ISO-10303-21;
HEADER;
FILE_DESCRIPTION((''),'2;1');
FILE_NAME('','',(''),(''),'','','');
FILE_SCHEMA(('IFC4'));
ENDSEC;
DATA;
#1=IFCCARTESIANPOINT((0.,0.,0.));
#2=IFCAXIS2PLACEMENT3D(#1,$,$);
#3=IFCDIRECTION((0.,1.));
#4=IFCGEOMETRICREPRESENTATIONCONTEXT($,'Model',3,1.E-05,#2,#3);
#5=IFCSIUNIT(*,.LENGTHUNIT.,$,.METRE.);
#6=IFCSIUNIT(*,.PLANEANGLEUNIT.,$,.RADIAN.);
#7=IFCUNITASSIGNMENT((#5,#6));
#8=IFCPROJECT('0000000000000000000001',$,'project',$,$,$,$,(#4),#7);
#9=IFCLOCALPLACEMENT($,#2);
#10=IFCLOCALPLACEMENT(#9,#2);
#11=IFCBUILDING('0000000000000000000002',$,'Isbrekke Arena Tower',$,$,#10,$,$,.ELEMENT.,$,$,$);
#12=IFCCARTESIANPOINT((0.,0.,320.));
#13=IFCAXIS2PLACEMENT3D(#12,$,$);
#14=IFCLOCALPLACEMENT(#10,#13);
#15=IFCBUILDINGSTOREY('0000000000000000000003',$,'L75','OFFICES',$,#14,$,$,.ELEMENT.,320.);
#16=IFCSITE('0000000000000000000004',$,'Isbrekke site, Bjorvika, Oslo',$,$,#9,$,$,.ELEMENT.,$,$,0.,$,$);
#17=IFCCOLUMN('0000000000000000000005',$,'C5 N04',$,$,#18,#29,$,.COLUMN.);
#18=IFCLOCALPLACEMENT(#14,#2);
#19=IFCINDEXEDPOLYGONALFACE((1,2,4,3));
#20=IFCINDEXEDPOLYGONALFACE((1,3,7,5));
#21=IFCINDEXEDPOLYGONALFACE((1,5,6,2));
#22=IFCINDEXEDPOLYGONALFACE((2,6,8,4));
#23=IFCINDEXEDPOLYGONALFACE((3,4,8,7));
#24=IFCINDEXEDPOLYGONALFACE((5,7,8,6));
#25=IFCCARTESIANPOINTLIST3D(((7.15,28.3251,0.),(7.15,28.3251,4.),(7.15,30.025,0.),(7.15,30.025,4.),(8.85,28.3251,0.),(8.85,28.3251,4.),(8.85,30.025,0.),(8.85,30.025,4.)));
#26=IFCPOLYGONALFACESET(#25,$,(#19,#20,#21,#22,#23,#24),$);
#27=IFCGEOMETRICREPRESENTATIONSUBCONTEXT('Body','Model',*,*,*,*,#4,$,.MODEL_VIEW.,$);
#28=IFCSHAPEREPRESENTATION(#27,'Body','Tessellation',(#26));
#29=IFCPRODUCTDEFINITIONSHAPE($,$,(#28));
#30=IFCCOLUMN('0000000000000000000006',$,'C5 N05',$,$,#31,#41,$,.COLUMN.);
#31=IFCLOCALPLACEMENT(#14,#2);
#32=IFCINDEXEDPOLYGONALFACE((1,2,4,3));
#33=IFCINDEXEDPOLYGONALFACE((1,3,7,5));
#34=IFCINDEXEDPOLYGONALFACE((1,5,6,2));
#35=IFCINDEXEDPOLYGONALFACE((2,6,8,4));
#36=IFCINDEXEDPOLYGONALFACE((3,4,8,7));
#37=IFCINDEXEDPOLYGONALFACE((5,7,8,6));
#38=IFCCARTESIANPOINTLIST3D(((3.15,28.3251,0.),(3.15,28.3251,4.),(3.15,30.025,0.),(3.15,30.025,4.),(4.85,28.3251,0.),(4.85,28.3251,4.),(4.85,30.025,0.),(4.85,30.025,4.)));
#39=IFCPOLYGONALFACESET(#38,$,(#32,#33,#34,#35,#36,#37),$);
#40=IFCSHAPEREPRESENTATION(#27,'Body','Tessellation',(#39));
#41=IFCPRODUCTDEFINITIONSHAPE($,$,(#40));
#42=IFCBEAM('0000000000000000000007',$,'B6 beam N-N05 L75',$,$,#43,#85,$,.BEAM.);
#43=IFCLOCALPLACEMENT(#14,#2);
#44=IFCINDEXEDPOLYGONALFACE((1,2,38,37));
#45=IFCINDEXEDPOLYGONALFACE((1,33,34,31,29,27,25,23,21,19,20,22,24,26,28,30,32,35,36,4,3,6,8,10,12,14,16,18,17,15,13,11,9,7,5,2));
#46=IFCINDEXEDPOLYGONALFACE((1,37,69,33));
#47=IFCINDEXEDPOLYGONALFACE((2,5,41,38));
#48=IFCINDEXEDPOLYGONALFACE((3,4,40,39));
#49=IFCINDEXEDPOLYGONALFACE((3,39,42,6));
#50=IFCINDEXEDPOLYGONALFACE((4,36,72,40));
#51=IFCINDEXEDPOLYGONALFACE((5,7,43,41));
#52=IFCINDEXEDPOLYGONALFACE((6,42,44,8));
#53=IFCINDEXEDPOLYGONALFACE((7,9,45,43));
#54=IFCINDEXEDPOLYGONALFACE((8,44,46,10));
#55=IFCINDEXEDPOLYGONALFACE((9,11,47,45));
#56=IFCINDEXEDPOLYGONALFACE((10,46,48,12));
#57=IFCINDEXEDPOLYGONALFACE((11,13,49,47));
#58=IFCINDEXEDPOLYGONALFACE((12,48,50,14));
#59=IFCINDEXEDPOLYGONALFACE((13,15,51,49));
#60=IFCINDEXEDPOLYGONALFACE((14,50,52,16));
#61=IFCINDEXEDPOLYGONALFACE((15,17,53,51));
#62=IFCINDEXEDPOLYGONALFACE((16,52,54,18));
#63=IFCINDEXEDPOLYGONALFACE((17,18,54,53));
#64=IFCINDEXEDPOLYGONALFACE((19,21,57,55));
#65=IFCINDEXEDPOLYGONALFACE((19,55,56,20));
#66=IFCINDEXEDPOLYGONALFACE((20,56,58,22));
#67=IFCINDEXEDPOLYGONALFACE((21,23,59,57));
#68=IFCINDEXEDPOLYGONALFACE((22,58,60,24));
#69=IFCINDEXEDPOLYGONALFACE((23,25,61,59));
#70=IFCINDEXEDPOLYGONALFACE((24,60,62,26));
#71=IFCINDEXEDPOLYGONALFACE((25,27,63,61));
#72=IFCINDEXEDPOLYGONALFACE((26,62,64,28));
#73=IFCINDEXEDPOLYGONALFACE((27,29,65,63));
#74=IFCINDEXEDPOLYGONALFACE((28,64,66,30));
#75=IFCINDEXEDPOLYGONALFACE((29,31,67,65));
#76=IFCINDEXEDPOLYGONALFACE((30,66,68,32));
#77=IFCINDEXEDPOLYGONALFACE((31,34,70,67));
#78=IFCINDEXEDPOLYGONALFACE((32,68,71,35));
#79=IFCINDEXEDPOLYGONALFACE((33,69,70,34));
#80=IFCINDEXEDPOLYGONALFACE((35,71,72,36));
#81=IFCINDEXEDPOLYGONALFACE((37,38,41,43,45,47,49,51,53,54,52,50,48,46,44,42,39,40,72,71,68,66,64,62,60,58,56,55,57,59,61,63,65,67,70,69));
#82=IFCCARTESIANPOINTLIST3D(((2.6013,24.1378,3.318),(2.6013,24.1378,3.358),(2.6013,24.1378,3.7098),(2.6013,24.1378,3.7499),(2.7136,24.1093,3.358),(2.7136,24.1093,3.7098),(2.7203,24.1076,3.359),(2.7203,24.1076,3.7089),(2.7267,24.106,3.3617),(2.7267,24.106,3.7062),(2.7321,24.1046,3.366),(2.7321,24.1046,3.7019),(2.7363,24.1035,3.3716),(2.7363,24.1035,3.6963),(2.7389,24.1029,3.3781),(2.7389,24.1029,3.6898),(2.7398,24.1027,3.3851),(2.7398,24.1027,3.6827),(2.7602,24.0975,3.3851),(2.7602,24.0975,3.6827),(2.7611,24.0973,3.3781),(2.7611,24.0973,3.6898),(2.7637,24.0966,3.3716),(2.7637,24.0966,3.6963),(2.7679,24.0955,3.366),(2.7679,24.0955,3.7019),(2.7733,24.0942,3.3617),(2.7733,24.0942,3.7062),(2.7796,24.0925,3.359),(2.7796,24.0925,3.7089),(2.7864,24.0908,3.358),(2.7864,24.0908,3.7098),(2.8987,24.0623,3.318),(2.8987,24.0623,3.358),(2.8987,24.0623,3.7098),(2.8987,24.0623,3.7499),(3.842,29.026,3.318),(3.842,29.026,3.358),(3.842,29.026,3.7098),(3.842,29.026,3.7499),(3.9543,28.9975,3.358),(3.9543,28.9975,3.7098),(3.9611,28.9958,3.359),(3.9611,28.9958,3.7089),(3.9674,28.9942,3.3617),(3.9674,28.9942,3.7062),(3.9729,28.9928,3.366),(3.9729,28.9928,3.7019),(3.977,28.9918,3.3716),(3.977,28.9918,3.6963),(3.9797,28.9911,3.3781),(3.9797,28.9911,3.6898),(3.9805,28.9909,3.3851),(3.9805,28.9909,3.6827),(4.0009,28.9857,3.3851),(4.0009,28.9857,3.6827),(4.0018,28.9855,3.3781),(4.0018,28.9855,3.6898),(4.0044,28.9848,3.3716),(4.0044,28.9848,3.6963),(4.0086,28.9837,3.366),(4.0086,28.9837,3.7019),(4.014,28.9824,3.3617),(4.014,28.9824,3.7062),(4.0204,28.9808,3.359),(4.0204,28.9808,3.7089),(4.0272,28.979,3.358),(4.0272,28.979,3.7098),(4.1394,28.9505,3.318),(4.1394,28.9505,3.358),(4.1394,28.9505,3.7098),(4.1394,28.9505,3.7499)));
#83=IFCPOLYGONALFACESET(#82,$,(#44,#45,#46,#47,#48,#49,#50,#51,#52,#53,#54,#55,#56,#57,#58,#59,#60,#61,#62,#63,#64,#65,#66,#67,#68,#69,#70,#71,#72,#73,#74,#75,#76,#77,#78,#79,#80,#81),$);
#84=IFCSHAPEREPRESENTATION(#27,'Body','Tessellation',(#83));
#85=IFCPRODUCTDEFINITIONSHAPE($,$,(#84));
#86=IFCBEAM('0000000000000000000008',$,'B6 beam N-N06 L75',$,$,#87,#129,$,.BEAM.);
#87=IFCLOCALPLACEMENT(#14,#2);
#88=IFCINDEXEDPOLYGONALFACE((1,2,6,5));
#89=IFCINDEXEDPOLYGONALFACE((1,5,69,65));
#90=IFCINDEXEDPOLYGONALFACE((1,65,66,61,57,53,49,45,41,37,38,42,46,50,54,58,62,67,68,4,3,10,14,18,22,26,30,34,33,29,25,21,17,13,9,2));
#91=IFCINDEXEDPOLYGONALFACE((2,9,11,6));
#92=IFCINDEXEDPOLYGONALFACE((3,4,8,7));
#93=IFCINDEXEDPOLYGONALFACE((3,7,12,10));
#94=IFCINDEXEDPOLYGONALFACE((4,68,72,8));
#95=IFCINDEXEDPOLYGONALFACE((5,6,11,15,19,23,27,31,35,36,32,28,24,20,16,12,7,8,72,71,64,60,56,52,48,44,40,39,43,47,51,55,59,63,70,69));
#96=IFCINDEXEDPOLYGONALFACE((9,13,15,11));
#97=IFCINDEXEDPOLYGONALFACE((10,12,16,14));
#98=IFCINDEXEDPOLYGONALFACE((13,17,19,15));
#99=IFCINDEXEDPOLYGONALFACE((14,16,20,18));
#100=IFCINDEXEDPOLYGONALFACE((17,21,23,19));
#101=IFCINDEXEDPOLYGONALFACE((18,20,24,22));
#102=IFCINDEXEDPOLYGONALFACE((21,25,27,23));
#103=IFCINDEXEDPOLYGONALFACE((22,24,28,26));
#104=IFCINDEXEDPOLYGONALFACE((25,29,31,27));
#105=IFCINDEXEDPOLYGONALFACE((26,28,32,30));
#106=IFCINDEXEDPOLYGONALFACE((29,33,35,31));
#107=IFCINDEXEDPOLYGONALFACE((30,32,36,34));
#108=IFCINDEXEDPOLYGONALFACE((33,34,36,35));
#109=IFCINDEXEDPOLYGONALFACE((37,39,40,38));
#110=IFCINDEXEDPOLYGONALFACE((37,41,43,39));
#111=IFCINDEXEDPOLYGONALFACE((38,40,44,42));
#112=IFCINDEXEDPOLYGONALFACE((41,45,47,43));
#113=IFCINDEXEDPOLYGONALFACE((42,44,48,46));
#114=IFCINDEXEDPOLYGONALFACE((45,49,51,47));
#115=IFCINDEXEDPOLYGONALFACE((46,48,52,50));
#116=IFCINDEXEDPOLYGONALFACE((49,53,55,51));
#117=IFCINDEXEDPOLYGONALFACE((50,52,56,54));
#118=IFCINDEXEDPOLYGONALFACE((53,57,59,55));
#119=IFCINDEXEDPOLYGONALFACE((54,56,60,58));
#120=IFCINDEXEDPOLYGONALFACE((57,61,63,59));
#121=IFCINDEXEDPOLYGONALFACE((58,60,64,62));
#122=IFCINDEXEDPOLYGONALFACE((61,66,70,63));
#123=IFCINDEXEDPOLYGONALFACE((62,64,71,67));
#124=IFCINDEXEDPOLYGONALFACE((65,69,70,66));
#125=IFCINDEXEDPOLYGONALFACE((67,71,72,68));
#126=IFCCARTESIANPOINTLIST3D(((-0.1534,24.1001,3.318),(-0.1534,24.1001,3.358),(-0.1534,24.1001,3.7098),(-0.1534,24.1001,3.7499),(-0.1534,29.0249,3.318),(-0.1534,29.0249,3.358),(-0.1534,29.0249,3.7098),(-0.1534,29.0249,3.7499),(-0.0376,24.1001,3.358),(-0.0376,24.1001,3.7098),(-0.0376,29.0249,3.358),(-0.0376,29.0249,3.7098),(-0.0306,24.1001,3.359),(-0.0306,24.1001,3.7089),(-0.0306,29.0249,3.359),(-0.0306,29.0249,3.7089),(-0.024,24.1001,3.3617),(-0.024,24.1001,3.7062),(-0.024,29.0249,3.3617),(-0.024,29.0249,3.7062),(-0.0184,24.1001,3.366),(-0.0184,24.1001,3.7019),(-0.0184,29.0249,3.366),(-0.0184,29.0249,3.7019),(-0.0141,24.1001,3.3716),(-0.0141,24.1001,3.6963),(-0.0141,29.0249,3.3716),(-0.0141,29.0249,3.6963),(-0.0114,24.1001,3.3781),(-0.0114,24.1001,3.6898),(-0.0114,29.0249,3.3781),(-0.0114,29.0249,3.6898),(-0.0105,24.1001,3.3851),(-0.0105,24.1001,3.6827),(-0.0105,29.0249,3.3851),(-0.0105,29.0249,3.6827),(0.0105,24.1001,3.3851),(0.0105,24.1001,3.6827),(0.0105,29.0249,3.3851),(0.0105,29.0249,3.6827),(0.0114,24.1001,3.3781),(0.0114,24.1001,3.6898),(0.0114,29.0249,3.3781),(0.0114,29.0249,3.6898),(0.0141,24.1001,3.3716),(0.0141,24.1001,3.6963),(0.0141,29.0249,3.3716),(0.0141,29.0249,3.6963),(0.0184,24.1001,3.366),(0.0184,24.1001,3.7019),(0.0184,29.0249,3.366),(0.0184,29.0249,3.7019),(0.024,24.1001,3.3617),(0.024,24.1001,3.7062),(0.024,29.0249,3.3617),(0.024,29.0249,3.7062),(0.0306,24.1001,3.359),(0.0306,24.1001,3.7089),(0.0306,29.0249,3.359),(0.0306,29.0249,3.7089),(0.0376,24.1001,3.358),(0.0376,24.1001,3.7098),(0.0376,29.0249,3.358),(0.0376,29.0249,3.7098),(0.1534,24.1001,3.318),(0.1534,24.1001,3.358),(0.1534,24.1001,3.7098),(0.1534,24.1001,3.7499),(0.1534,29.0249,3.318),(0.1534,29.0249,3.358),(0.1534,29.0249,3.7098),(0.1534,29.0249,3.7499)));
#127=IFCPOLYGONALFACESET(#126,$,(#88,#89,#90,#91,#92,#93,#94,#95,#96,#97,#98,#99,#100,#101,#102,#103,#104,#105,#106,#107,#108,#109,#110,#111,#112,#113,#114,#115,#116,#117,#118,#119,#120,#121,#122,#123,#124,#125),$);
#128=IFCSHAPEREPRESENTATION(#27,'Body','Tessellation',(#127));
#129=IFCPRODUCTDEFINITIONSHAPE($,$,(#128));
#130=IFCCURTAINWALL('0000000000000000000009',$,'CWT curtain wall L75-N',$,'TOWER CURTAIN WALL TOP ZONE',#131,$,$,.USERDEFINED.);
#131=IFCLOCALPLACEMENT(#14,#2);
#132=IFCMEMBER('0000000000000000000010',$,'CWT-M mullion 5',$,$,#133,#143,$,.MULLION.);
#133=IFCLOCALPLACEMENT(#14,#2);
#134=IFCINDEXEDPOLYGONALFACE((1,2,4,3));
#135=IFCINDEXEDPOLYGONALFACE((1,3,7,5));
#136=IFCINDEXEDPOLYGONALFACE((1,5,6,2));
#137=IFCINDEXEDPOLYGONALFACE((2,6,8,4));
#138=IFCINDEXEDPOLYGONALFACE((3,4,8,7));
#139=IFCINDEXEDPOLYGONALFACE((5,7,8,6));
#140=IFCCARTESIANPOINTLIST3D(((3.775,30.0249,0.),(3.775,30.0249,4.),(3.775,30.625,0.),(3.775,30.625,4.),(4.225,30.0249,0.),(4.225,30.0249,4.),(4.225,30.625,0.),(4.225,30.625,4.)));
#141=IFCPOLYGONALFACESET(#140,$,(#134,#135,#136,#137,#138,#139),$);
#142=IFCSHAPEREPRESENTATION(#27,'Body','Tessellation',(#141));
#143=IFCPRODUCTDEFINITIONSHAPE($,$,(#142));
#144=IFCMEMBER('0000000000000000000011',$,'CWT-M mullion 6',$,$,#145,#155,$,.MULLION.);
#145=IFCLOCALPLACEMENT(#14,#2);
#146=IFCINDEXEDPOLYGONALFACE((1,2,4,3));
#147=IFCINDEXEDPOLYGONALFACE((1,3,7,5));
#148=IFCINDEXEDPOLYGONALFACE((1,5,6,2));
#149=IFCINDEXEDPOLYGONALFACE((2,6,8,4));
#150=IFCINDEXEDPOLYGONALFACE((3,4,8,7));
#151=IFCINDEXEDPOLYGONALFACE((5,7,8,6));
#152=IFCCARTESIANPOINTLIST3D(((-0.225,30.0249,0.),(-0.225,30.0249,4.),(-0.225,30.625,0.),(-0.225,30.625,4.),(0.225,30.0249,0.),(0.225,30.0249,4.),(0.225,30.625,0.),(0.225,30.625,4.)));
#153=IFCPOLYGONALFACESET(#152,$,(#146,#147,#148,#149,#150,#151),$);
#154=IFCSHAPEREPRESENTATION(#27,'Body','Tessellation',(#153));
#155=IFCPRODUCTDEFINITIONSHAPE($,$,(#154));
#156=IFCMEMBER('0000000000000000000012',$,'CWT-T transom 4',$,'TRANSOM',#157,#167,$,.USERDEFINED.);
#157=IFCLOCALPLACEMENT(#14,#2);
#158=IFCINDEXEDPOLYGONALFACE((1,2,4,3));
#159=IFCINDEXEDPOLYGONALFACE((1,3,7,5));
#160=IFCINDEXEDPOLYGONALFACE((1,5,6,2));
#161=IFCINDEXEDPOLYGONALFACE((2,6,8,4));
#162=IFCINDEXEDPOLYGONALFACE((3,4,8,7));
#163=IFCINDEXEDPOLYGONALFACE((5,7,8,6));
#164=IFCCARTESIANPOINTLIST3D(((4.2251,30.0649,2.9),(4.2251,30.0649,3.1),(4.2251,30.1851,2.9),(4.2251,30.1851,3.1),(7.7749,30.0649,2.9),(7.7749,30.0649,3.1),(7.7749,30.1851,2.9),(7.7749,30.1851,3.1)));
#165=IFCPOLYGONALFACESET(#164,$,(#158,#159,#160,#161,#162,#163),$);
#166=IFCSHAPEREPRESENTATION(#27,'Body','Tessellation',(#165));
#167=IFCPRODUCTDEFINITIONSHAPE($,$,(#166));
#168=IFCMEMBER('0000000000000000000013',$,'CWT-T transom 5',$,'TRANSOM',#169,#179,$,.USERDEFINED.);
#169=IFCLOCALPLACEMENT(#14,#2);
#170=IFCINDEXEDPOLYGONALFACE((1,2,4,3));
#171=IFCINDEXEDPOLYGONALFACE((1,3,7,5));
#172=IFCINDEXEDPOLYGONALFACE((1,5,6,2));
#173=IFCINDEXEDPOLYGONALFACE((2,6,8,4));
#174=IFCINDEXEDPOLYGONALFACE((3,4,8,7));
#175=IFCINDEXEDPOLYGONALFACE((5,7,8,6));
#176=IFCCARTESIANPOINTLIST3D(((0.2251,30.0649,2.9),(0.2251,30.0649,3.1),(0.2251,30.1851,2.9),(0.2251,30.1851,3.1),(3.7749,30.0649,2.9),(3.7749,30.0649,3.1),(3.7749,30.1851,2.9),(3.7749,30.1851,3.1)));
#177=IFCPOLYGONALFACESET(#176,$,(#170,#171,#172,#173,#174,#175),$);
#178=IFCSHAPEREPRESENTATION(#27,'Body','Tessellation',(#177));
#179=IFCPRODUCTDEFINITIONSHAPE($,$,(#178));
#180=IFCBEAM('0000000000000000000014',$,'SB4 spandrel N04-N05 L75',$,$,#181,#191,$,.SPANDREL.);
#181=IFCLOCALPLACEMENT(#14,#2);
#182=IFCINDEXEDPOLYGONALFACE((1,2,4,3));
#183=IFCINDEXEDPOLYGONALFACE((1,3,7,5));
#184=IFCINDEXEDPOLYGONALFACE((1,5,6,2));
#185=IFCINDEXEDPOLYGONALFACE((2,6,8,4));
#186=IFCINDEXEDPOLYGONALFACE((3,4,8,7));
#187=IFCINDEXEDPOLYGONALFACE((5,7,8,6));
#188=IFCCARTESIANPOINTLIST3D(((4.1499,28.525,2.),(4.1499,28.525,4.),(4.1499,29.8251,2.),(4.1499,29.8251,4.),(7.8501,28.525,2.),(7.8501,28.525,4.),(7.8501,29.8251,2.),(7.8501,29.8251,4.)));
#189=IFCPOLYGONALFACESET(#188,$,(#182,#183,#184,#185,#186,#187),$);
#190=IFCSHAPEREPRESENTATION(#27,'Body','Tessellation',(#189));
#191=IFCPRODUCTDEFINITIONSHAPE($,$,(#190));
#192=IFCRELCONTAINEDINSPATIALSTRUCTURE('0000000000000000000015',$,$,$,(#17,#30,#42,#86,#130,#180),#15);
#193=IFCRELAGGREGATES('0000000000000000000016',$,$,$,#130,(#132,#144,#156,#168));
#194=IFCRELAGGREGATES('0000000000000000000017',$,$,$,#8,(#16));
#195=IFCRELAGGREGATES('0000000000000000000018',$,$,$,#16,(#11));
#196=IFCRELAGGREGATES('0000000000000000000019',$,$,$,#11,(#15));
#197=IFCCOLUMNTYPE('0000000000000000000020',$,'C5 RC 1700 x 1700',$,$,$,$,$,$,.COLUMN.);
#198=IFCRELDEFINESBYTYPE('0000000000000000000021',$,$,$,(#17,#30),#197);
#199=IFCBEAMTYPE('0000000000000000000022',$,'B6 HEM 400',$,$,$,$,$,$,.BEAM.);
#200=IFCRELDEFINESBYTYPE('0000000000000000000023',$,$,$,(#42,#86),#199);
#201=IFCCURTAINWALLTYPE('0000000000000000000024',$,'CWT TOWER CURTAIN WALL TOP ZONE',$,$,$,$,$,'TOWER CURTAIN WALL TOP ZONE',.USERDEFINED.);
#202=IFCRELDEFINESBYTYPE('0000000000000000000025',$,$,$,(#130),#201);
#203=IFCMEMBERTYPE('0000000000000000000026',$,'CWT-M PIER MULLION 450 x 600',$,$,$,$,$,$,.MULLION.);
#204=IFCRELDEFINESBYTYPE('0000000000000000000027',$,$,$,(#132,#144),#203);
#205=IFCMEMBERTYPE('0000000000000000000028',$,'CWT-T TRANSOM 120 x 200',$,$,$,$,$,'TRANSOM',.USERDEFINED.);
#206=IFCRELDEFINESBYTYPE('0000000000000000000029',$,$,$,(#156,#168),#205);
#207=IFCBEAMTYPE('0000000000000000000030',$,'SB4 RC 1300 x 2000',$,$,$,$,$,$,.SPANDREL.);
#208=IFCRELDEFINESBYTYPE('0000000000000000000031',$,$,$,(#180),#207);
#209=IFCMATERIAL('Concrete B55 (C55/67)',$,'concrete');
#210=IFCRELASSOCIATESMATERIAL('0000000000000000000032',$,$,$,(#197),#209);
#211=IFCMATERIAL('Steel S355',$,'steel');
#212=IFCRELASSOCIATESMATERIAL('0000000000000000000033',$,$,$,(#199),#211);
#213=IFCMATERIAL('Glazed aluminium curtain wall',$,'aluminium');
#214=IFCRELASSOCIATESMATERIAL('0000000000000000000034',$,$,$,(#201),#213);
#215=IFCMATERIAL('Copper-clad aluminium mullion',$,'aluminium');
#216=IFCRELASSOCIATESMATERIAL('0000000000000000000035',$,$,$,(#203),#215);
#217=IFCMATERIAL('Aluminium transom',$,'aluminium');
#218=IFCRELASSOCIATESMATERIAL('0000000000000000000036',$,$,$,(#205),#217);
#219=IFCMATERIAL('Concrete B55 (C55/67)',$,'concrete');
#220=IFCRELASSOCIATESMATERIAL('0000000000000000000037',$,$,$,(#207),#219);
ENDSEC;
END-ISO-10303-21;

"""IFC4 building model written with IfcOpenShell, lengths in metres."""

from ifc_helpers import new_model, si_unit, direction, frame, origin, origin_2d, place, context, subcontext, project, spatial, rectangle, i_section, extrude, material, material_profile, profile_set, type_object, element, aggregate, save


model = new_model("IFC4")

# Units and contexts
model_context = context("Model", 3, precision=1e-05, world=origin(), true_north=direction((0.0, 1.0)))
body_context = subcontext(model_context, "Body", "Model", "MODEL_VIEW")
ifc_project = project(units=[si_unit("LENGTHUNIT", "METRE"), si_unit("PLANEANGLEUNIT", "RADIAN")], contexts=[model_context])

# Site, building, storey
site_placement = place(None, origin())
site = spatial("IfcSite", under=ifc_project, at=site_placement, Name="Isbrekke site, Bjorvika, Oslo", CompositionType="ELEMENT", RefElevation=0.0)
building_placement = place(site_placement, origin())
building = spatial("IfcBuilding", under=site, at=building_placement, Name="Isbrekke Arena Tower", CompositionType="ELEMENT")
storey_placement = place(building_placement, frame((0.0, 0.0, 320.0)))
storey = spatial("IfcBuildingStorey", under=building, at=storey_placement, Name="L75", Description="OFFICES", CompositionType="ELEMENT", Elevation=320.0)

# Columns
ifc_material_1 = material(Name="Concrete B55 (C55/67)", Category="concrete")
ifc_material_profile_1 = material_profile(ifc_material_1, rectangle(XDim=1.7, YDim=1.7, at=origin_2d()), Name="RC 1700x1700")
ifc_profile_set_1 = profile_set([ifc_material_profile_1], Name="Concrete B55 (C55/67)")
column_type = type_object("IfcColumnType", Name="C5 RC 1700 x 1700", PredefinedType="COLUMN", material=ifc_profile_set_1)
for number, where, z_axis, x_axis, name in (
    (1, (8.0, 29.175, 0.0), (0.0, 0.0, 1.0), (-1.0, 0.0, 0.0), "C5 N04"),
    (2, (4.0, 29.175, 0.0), (0.0, 0.0, 1.0), (-1.0, 0.0, 0.0), "C5 N05"),
):
    element("IfcColumn", number, at=place(storey_placement, frame(where, z_axis=z_axis, x_axis=x_axis)), inside=storey, type_object=column_type, Name=name, PredefinedType="COLUMN", context=body_context, shape_type="SweptSolid", body=[
        extrude(rectangle(XDim=1.7, YDim=1.7, at=origin_2d()), origin(), (0.0, 0.0, 1.0), 4.0),
    ])

# Beams
ifc_material_2 = material(Name="Steel S355", Category="steel")
ifc_material_profile_2 = material_profile(ifc_material_2, i_section(OverallWidth=0.3069, OverallDepth=0.4319, WebThickness=0.021, FlangeThickness=0.04, FilletRadius=0.0271, at=origin_2d()), Name="HEM 400")
ifc_profile_set_2 = profile_set([ifc_material_profile_2], Name="Steel S355")
beam_type_1 = type_object("IfcBeamType", Name="B6 HEM 400", PredefinedType="BEAM", material=ifc_profile_set_2)
beam_1_placement = place(storey_placement, frame((3.9907, 28.9883, 3.5339), z_axis=(-0.24602, -0.969265, 0.0), x_axis=(0.969265, -0.24602, 0.0)))
element("IfcBeam", 3, at=beam_1_placement, inside=storey, type_object=beam_type_1, Name="B6 beam N-N05 L75", PredefinedType="BEAM", context=body_context, shape_type="SweptSolid", body=[
    extrude(i_section(OverallWidth=0.3069, OverallDepth=0.4319, WebThickness=0.021, FlangeThickness=0.04, FilletRadius=0.0271, at=origin_2d()), origin(), (0.0, 0.0, 1.0), 5.0432),
])
beam_2_placement = place(storey_placement, frame((0.0, 29.0249, 3.5339), z_axis=(0.0, -1.0, 0.0), x_axis=(1.0, 0.0, 0.0)))
element("IfcBeam", 4, at=beam_2_placement, inside=storey, type_object=beam_type_1, Name="B6 beam N-N06 L75", PredefinedType="BEAM", context=body_context, shape_type="SweptSolid", body=[
    extrude(i_section(OverallWidth=0.3069, OverallDepth=0.4319, WebThickness=0.021, FlangeThickness=0.04, FilletRadius=0.0271, at=origin_2d()), origin(), (0.0, 0.0, 1.0), 4.9248),
])

# Curtain wall, members
ifc_material_3 = material(Name="Glazed aluminium curtain wall", Category="aluminium")
curtain_wall_type = type_object("IfcCurtainWallType", Name="CWT TOWER CURTAIN WALL TOP ZONE", ElementType="TOWER CURTAIN WALL TOP ZONE", PredefinedType="USERDEFINED", material=ifc_material_3)
curtain_wall_placement = place(storey_placement, origin())
curtain_wall = element("IfcCurtainWall", 5, at=curtain_wall_placement, inside=storey, type_object=curtain_wall_type, Name="CWT curtain wall L75-N", ObjectType="TOWER CURTAIN WALL TOP ZONE", PredefinedType="USERDEFINED")
ifc_material_4 = material(Name="Copper-clad aluminium mullion", Category="aluminium")
ifc_material_profile_3 = material_profile(ifc_material_4, rectangle(XDim=0.45, YDim=0.6001, at=origin_2d()), Name="PIER 450X600")
ifc_profile_set_3 = profile_set([ifc_material_profile_3], Name="Copper-clad aluminium mullion")
member_type_1 = type_object("IfcMemberType", Name="CWT-M PIER MULLION 450 x 600", PredefinedType="MULLION", material=ifc_profile_set_3)
member_1_placement = place(storey_placement, frame((4.0, 30.325, 0.0), z_axis=(0.0, 0.0, 1.0), x_axis=(-1.0, 0.0, 0.0)))
member_1 = element("IfcMember", 6, at=member_1_placement, type_object=member_type_1, Name="CWT-M mullion 5", PredefinedType="MULLION", context=body_context, shape_type="SweptSolid", body=[
    extrude(rectangle(XDim=0.45, YDim=0.6001, at=origin_2d()), origin(), (0.0, 0.0, 1.0), 4.0),
])
member_2_placement = place(storey_placement, frame((0.0, 30.325, 0.0), z_axis=(0.0, 0.0, 1.0), x_axis=(-1.0, 0.0, 0.0)))
member_2 = element("IfcMember", 7, at=member_2_placement, type_object=member_type_1, Name="CWT-M mullion 6", PredefinedType="MULLION", context=body_context, shape_type="SweptSolid", body=[
    extrude(rectangle(XDim=0.45, YDim=0.6001, at=origin_2d()), origin(), (0.0, 0.0, 1.0), 4.0),
])
ifc_material_5 = material(Name="Aluminium transom", Category="aluminium")
ifc_material_profile_4 = material_profile(ifc_material_5, rectangle(XDim=0.1201, YDim=0.2, at=origin_2d()), Name="TRANSOM 120X200")
ifc_profile_set_4 = profile_set([ifc_material_profile_4], Name="Aluminium transom")
member_type_2 = type_object("IfcMemberType", Name="CWT-T TRANSOM 120 x 200", ElementType="TRANSOM", PredefinedType="USERDEFINED", material=ifc_profile_set_4)
member_3_placement = place(storey_placement, frame((7.7749, 30.125, 3.0), z_axis=(-1.0, 0.0, 0.0), x_axis=(0.0, -1.0, 0.0)))
member_3 = element("IfcMember", 8, at=member_3_placement, type_object=member_type_2, Name="CWT-T transom 4", ObjectType="TRANSOM", PredefinedType="USERDEFINED", context=body_context, shape_type="SweptSolid", body=[
    extrude(rectangle(XDim=0.1201, YDim=0.2, at=origin_2d()), origin(), (0.0, 0.0, 1.0), 3.5498),
])
member_4_placement = place(storey_placement, frame((3.7749, 30.125, 3.0), z_axis=(-1.0, 0.0, 0.0), x_axis=(0.0, -1.0, 0.0)))
member_4 = element("IfcMember", 9, at=member_4_placement, type_object=member_type_2, Name="CWT-T transom 5", ObjectType="TRANSOM", PredefinedType="USERDEFINED", context=body_context, shape_type="SweptSolid", body=[
    extrude(rectangle(XDim=0.1201, YDim=0.2, at=origin_2d()), origin(), (0.0, 0.0, 1.0), 3.5498),
])

# Beam
ifc_material_6 = material(Name="Concrete B55 (C55/67)", Category="concrete")
ifc_material_profile_5 = material_profile(ifc_material_6, rectangle(XDim=1.3, YDim=2.0, at=origin_2d()), Name="RC 1300x2000")
ifc_profile_set_5 = profile_set([ifc_material_profile_5], Name="Concrete B55 (C55/67)")
beam_type_2 = type_object("IfcBeamType", Name="SB4 RC 1300 x 2000", PredefinedType="SPANDREL", material=ifc_profile_set_5)
for number, where, z_axis, x_axis, name in (
    (10, (7.8501, 29.175, 3.0), (-1.0, 0.0, 0.0), (0.0, -1.0, 0.0), "SB4 spandrel N04-N05 L75"),
):
    element("IfcBeam", number, at=place(storey_placement, frame(where, z_axis=z_axis, x_axis=x_axis)), inside=storey, type_object=beam_type_2, Name=name, PredefinedType="SPANDREL", context=body_context, shape_type="SweptSolid", body=[
        extrude(rectangle(XDim=1.3, YDim=2.0, at=origin_2d()), origin(), (0.0, 0.0, 1.0), 3.7002),
    ])

aggregate(curtain_wall, [member_1, member_2, member_3, member_4])

save(model, "model.ifc")
